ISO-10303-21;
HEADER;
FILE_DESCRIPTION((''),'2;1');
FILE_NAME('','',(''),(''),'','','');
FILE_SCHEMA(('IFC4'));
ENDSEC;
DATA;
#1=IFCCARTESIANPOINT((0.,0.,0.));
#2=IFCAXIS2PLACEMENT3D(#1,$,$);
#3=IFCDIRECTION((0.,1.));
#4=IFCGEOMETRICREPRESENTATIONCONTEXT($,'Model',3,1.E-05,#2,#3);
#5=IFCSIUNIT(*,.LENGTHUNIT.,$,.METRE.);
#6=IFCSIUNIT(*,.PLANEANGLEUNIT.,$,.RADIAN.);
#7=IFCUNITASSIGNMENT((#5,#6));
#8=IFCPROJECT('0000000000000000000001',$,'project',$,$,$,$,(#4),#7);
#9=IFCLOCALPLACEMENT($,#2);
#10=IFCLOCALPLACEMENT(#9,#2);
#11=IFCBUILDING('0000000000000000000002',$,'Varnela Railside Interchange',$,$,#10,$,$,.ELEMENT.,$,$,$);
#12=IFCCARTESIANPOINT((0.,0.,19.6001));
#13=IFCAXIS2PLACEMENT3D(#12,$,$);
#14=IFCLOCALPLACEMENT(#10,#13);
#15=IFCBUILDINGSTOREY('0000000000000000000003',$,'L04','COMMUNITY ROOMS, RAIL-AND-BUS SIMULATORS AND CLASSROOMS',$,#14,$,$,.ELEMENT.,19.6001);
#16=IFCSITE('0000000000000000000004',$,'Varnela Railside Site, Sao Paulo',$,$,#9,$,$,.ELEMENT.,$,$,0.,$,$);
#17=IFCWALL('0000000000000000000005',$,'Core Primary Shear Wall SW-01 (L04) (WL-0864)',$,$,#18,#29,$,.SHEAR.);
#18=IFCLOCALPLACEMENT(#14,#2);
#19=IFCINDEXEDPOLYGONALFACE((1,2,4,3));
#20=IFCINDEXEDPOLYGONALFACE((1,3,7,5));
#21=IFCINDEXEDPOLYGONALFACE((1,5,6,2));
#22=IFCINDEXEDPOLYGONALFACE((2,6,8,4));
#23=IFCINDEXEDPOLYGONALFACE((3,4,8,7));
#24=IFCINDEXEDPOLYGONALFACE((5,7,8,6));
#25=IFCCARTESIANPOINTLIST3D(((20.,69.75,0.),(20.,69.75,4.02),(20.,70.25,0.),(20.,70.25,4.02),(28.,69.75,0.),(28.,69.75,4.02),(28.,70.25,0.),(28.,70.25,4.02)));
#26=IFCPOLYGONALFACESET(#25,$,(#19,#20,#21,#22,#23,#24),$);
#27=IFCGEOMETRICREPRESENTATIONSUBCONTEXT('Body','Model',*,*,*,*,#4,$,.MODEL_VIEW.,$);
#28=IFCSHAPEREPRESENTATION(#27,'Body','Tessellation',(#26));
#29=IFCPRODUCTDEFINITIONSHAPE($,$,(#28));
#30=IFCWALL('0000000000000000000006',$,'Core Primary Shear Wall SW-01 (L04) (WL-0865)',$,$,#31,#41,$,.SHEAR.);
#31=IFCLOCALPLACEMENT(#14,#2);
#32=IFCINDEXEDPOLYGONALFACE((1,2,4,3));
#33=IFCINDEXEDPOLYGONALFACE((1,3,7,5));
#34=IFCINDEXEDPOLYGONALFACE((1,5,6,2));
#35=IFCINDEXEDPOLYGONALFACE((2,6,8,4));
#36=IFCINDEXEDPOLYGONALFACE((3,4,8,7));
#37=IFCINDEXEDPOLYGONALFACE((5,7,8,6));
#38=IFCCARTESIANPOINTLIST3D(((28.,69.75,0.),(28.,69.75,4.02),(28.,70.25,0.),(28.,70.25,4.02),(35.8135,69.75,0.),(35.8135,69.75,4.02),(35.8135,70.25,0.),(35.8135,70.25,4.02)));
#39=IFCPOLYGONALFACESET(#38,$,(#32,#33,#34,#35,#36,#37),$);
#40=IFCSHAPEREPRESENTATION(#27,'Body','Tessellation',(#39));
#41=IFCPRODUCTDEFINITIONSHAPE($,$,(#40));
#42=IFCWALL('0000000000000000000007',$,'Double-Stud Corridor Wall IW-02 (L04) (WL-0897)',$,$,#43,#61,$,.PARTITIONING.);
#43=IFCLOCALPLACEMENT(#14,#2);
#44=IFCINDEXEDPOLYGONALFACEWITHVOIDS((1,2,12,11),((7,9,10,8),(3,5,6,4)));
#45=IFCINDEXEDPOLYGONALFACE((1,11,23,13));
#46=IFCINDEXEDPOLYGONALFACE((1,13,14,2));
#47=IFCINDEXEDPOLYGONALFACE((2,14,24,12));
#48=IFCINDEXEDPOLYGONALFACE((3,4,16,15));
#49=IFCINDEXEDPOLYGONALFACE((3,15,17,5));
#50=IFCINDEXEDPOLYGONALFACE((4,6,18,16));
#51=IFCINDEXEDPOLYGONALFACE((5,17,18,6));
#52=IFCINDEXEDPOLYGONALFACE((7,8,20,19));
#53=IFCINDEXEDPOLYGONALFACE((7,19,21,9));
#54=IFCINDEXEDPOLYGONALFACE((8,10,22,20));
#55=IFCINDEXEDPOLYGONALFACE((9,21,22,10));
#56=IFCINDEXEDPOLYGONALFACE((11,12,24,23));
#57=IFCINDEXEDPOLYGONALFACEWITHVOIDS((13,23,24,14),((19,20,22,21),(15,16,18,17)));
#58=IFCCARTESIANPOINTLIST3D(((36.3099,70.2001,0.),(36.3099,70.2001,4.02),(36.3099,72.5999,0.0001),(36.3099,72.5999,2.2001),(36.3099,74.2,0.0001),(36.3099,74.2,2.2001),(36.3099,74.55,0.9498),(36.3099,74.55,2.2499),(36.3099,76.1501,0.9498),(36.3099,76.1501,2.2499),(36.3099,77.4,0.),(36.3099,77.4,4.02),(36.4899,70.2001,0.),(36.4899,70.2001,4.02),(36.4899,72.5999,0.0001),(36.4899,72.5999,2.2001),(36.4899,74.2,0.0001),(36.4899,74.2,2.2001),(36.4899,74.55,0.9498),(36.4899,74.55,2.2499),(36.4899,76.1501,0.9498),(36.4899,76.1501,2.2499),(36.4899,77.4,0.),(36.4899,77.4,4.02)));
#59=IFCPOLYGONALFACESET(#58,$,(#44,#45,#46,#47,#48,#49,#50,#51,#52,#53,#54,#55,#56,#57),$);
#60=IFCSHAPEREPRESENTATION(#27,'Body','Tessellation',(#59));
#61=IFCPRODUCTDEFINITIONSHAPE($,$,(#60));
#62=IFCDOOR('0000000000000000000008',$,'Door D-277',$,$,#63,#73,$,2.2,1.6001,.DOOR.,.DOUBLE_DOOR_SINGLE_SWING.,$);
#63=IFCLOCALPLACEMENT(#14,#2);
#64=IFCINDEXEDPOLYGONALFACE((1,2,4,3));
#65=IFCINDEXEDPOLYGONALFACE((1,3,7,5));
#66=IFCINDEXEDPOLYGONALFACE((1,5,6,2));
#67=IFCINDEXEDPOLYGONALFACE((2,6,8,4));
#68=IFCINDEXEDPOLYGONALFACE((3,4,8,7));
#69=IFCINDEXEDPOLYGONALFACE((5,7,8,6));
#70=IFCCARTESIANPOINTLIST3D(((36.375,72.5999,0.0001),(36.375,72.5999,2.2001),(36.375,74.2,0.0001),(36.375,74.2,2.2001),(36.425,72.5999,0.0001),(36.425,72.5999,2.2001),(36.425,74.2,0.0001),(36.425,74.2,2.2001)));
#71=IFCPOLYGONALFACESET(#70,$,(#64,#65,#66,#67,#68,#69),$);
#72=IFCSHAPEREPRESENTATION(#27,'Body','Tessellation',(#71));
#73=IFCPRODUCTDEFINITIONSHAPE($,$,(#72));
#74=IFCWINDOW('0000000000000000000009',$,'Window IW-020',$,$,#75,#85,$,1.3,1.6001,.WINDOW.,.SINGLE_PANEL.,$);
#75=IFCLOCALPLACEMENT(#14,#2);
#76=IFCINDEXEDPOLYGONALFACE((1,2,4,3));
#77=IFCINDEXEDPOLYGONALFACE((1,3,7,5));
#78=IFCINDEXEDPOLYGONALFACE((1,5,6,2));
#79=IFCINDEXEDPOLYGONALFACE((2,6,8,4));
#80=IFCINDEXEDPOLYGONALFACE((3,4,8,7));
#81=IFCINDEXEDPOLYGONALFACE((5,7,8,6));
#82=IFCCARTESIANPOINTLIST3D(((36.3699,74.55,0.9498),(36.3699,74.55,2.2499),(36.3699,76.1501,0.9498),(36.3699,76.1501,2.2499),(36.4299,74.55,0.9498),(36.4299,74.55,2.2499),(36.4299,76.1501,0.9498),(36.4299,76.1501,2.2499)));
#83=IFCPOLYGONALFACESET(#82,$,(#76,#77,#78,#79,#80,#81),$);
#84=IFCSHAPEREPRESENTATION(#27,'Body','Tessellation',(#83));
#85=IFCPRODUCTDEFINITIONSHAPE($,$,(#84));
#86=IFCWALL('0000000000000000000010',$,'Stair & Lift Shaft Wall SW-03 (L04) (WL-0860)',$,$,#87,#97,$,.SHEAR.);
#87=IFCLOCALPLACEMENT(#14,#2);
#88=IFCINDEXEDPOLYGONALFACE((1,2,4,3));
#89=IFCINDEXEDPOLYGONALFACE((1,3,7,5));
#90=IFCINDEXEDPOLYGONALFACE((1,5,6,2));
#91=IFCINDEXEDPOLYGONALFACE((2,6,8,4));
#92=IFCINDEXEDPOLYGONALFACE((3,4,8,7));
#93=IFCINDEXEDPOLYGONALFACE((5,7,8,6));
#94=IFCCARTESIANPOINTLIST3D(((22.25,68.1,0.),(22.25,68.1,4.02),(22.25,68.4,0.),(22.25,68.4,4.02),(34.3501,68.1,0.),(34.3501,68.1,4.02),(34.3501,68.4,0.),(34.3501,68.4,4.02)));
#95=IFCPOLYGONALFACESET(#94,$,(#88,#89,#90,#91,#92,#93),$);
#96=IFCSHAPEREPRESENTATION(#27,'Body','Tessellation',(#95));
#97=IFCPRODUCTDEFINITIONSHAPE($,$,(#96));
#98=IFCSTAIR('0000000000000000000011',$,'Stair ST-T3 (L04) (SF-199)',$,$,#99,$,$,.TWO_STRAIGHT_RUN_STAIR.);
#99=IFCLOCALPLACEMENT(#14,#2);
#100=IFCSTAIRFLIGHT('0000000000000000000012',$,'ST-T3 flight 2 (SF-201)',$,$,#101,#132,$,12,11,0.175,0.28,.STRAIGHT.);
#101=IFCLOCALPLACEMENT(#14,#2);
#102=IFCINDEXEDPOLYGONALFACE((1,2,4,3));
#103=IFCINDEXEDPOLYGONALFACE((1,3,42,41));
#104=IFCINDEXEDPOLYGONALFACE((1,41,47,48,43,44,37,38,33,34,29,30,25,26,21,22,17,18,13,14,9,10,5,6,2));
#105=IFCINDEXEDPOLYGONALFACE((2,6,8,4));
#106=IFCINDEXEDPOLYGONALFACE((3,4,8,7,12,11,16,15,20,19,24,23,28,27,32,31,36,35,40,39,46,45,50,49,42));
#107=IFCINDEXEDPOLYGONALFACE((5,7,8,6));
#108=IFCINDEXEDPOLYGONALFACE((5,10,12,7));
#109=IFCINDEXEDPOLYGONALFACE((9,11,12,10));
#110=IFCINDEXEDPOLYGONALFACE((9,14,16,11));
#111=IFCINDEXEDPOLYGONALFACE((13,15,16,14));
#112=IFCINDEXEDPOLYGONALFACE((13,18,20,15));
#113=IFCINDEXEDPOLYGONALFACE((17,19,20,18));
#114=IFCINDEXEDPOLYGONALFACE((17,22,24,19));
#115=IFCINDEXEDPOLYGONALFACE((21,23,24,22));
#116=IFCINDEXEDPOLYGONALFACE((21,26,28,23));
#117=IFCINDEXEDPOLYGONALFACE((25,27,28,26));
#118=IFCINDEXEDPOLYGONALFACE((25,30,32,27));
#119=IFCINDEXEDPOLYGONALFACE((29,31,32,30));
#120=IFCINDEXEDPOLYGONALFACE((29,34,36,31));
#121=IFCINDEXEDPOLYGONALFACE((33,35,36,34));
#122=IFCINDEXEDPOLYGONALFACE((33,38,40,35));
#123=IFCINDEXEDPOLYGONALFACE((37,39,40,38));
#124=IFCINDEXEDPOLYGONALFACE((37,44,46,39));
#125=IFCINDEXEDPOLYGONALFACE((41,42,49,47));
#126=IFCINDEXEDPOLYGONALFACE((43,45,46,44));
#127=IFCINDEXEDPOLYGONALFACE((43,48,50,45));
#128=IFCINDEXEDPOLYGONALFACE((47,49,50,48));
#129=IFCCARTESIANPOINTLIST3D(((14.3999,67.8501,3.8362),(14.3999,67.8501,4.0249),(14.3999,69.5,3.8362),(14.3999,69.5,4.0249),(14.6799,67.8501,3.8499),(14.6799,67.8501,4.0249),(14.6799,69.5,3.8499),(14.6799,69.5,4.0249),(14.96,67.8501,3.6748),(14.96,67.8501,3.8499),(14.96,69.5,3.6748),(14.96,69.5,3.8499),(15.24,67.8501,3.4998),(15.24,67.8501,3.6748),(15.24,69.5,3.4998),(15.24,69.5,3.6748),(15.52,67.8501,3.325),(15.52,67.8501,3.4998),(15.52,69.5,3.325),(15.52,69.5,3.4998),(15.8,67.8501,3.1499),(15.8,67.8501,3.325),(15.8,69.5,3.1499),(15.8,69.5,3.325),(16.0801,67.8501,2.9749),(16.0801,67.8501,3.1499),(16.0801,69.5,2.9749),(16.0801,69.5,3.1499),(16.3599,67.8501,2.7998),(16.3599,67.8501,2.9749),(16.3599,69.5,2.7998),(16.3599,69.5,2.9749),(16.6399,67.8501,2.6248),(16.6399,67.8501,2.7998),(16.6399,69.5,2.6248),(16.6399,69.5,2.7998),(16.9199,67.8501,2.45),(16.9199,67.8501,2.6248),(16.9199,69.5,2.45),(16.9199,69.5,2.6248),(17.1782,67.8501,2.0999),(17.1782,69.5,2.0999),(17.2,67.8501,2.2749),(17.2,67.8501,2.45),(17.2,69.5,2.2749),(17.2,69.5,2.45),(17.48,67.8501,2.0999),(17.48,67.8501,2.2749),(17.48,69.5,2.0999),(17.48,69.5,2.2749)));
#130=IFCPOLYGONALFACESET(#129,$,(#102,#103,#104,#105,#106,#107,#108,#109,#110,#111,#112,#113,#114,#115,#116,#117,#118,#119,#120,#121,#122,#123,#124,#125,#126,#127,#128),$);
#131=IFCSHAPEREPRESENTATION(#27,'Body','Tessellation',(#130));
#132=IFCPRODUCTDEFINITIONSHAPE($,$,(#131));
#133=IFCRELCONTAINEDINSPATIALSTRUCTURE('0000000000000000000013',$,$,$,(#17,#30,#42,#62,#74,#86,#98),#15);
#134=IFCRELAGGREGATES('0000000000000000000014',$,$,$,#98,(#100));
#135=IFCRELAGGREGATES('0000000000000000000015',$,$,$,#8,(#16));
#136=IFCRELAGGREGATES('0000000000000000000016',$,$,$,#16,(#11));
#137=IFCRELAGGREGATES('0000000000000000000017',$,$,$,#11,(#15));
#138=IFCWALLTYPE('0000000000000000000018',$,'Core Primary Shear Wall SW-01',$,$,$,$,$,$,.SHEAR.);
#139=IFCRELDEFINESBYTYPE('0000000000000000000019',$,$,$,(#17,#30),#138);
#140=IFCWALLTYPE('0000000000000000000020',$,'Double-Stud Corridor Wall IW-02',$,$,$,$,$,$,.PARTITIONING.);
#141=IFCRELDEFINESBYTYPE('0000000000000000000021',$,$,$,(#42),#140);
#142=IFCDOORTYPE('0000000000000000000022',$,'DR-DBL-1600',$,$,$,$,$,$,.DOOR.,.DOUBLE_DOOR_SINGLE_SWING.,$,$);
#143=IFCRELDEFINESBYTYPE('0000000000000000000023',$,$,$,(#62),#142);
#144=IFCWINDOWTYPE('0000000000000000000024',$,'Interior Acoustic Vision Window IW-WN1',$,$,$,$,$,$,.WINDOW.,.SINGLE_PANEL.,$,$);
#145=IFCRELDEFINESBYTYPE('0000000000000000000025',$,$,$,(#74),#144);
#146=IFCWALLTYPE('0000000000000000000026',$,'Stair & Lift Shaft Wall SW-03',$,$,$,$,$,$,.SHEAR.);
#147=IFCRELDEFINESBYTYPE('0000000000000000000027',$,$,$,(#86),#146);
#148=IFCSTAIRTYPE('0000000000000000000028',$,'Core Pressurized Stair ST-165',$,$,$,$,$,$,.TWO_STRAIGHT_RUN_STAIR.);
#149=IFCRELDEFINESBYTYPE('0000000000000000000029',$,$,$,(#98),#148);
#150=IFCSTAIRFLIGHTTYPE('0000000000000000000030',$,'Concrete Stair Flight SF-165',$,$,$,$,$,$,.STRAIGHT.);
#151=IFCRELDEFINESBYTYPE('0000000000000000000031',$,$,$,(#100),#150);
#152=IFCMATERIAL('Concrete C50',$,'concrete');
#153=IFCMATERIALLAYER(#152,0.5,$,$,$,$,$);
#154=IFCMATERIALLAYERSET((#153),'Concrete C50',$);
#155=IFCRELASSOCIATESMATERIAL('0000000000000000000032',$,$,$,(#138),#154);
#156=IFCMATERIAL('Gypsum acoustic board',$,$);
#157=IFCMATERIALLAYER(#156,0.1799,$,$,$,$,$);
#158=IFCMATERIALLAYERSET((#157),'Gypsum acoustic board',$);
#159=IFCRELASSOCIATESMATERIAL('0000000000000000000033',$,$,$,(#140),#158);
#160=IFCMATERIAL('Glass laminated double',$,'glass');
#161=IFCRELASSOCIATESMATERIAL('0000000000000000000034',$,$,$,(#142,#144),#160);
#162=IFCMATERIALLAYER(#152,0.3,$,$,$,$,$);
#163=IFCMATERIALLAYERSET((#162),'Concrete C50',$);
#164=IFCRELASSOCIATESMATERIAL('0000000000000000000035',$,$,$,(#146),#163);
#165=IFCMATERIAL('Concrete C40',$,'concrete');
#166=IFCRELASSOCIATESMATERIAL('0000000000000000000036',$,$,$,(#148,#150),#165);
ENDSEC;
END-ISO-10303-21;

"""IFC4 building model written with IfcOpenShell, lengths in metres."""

from ifc_helpers import new_model, si_unit, direction, frame, frame_2d, origin, place, context, subcontext, project, spatial, polyline, rectangle, outline, extrude, material, layer, layer_set, type_object, element, fill, aggregate, save


model = new_model("IFC4")

# Units and contexts
model_context = context("Model", 3, precision=1e-05, world=origin(), true_north=direction((0.0, 1.0)))
body_context = subcontext(model_context, "Body", "Model", "MODEL_VIEW")
ifc_project = project(units=[si_unit("LENGTHUNIT", "METRE"), si_unit("PLANEANGLEUNIT", "RADIAN")], contexts=[model_context])

# Site, building, storey
site_placement = place(None, origin())
site = spatial("IfcSite", under=ifc_project, at=site_placement, Name="Varnela Railside Site, Sao Paulo", CompositionType="ELEMENT", RefElevation=0.0)
building_placement = place(site_placement, origin())
building = spatial("IfcBuilding", under=site, at=building_placement, Name="Varnela Railside Interchange", CompositionType="ELEMENT")
storey_placement = place(building_placement, frame((0.0, 0.0, 19.6001)))
storey = spatial("IfcBuildingStorey", under=building, at=storey_placement, Name="L04", Description="COMMUNITY ROOMS, RAIL-AND-BUS SIMULATORS AND CLASSROOMS", CompositionType="ELEMENT", Elevation=19.6001)

# Walls
ifc_material_1 = material(Name="Concrete C50", Category="concrete")
ifc_layer_1 = layer(ifc_material_1, 0.5)
ifc_layer_set_1 = layer_set([ifc_layer_1], Name="Concrete C50")
wall_type_1 = type_object("IfcWallType", Name="Core Primary Shear Wall SW-01", PredefinedType="SHEAR", material=ifc_layer_set_1)
wall_1_placement = place(storey_placement, frame((20.0, 70.0, 0.0), z_axis=(0.0, 0.0, 1.0), x_axis=(1.0, 0.0, 0.0)))
element("IfcWall", 1, at=wall_1_placement, inside=storey, type_object=wall_type_1, Name="Core Primary Shear Wall SW-01 (L04) (WL-0864)", PredefinedType="SHEAR", context=body_context, shape_type="SweptSolid", body=[
    extrude(rectangle(XDim=8.0, YDim=0.5, at=frame_2d((4.0, 0.0))), origin(), (0.0, 0.0, 1.0), 4.02),
])
wall_2_placement = place(storey_placement, frame((28.0, 70.0, 0.0), z_axis=(0.0, 0.0, 1.0), x_axis=(1.0, 0.0, 0.0)))
element("IfcWall", 2, at=wall_2_placement, inside=storey, type_object=wall_type_1, Name="Core Primary Shear Wall SW-01 (L04) (WL-0865)", PredefinedType="SHEAR", context=body_context, shape_type="SweptSolid", body=[
    extrude(rectangle(XDim=7.8135, YDim=0.5, at=frame_2d((3.9067, 0.0))), origin(), (0.0, 0.0, 1.0), 4.02),
])

# Wall, openings, door, window
ifc_material_2 = material(Name="Gypsum acoustic board")
ifc_layer_2 = layer(ifc_material_2, 0.1799)
ifc_layer_set_2 = layer_set([ifc_layer_2], Name="Gypsum acoustic board")
wall_type_2 = type_object("IfcWallType", Name="Double-Stud Corridor Wall IW-02", PredefinedType="PARTITIONING", material=ifc_layer_set_2)
wall_3_placement = place(storey_placement, frame((36.3999, 70.2, 0.0), z_axis=(0.0, 0.0, 1.0), x_axis=(0.0, 1.0, 0.0)))
wall_3 = element("IfcWall", 3, at=wall_3_placement, inside=storey, type_object=wall_type_2, Name="Double-Stud Corridor Wall IW-02 (L04) (WL-0897)", PredefinedType="PARTITIONING", context=body_context, shape_type="SweptSolid", body=[
    extrude(rectangle(XDim=7.2, YDim=0.1799, at=frame_2d((3.6001, 0.0))), origin(), (0.0, 0.0, 1.0), 4.02),
])
opening_1_placement = place(wall_3_placement, frame((2.3999, 0.0, 0.0)))
opening_1 = element("IfcOpeningElement", 4, at=opening_1_placement, cuts=wall_3, PredefinedType="OPENING", context=body_context, shape_type="SweptSolid", body=[
    extrude(rectangle(XDim=1.6001, YDim=2.2, at=frame_2d((0.8, 1.1001))), frame((0.0, 0.0999, 0.0), z_axis=(0.0, -1.0, 0.0), x_axis=(1.0, 0.0, 0.0)), (0.0, 0.0, 1.0), 0.2),
])
opening_2_placement = place(wall_3_placement, frame((4.3501, 0.0, 0.95)))
opening_2 = element("IfcOpeningElement", 5, at=opening_2_placement, cuts=wall_3, PredefinedType="OPENING", context=body_context, shape_type="SweptSolid", body=[
    extrude(rectangle(XDim=1.6001, YDim=1.3, at=frame_2d((0.8, 0.6499))), frame((0.0, 0.0999, 0.0), z_axis=(0.0, -1.0, 0.0), x_axis=(1.0, 0.0, 0.0)), (0.0, 0.0, 1.0), 0.2),
])
ifc_material_3 = material(Name="Glass laminated double", Category="glass")
door_type = type_object("IfcDoorType", Name="DR-DBL-1600", OperationType="DOUBLE_DOOR_SINGLE_SWING", PredefinedType="DOOR", material=ifc_material_3)
door_placement = place(opening_1_placement, origin())
door = element("IfcDoor", 6, at=door_placement, inside=storey, type_object=door_type, Name="Door D-277", OperationType="DOUBLE_DOOR_SINGLE_SWING", OverallHeight=2.2, OverallWidth=1.6001, PredefinedType="DOOR", context=body_context, shape_type="SweptSolid", body=[
    extrude(rectangle(XDim=1.6001, YDim=2.2, at=frame_2d((0.8, 1.1001))), frame((0.0, 0.0249, 0.0), z_axis=(0.0, -1.0, 0.0), x_axis=(1.0, 0.0, 0.0)), (0.0, 0.0, 1.0), 0.05),
])
fill(opening_1, door)
window_type = type_object("IfcWindowType", Name="Interior Acoustic Vision Window IW-WN1", PartitioningType="SINGLE_PANEL", PredefinedType="WINDOW", material=ifc_material_3)
window_placement = place(opening_2_placement, origin())
window = element("IfcWindow", 7, at=window_placement, inside=storey, type_object=window_type, Name="Window IW-020", OverallHeight=1.3, OverallWidth=1.6001, PartitioningType="SINGLE_PANEL", PredefinedType="WINDOW", context=body_context, shape_type="SweptSolid", body=[
    extrude(rectangle(XDim=1.6001, YDim=1.3, at=frame_2d((0.8, 0.6499))), frame((0.0, 0.03, 0.0), z_axis=(0.0, -1.0, 0.0), x_axis=(1.0, 0.0, 0.0)), (0.0, 0.0, 1.0), 0.0601),
])
fill(opening_2, window)

# Wall
ifc_layer_3 = layer(ifc_material_1, 0.3)
ifc_layer_set_3 = layer_set([ifc_layer_3], Name="Concrete C50")
wall_type_3 = type_object("IfcWallType", Name="Stair & Lift Shaft Wall SW-03", PredefinedType="SHEAR", material=ifc_layer_set_3)
wall_4_placement = place(storey_placement, frame((22.25, 68.25, 0.0), z_axis=(0.0, 0.0, 1.0), x_axis=(1.0, 0.0, 0.0)))
element("IfcWall", 8, at=wall_4_placement, inside=storey, type_object=wall_type_3, Name="Stair & Lift Shaft Wall SW-03 (L04) (WL-0860)", PredefinedType="SHEAR", context=body_context, shape_type="SweptSolid", body=[
    extrude(rectangle(XDim=12.1001, YDim=0.3, at=frame_2d((6.05, 0.0))), origin(), (0.0, 0.0, 1.0), 4.02),
])

# Stair, stair flight
ifc_material_4 = material(Name="Concrete C40", Category="concrete")
stair_type = type_object("IfcStairType", Name="Core Pressurized Stair ST-165", PredefinedType="TWO_STRAIGHT_RUN_STAIR", material=ifc_material_4)
stair_placement = place(storey_placement, origin())
stair = element("IfcStair", 9, at=stair_placement, inside=storey, type_object=stair_type, Name="Stair ST-T3 (L04) (SF-199)", PredefinedType="TWO_STRAIGHT_RUN_STAIR")
stair_flight_type = type_object("IfcStairFlightType", Name="Concrete Stair Flight SF-165", PredefinedType="STRAIGHT", material=ifc_material_4)
stair_flight_placement = place(storey_placement, frame((17.48, 68.675, 2.0999), z_axis=(0.0, 0.0, 1.0), x_axis=(-1.0, 0.0, 0.0)))
stair_flight = element("IfcStairFlight", 10, at=stair_flight_placement, type_object=stair_flight_type, Name="ST-T3 flight 2 (SF-201)", NumberOfRisers=12, NumberOfTreads=11, PredefinedType="STRAIGHT", RiserHeight=0.175, TreadLength=0.28, context=body_context, shape_type="SweptSolid", body=[
    extrude(outline(polyline([(0.0, 0.0), (0.0, 0.175), (0.28, 0.175), (0.28, 0.3501), (0.5601, 0.3501), (0.5601, 0.5249), (0.8401, 0.5249), (0.8401, 0.7), (1.1201, 0.7), (1.1201, 0.875), (1.3999, 0.875), (1.3999, 1.05), (1.6799, 1.05), (1.6799, 1.2251), (1.96, 1.2251), (1.96, 1.3999), (2.24, 1.3999), (2.24, 1.575), (2.52, 1.575), (2.52, 1.75), (2.8, 1.75), (2.8, 1.925), (3.0801, 1.925), (3.0801, 2.1001), (3.0801, 1.7363), (0.3018, 0.0), (0.0, 0.0)])), frame((0.0, 0.825, 0.0), z_axis=(0.0, -1.0, 0.0), x_axis=(1.0, 0.0, 0.0)), (0.0, 0.0, 1.0), 1.6499),
])
aggregate(stair, [stair_flight])

save(model, "model.ifc")
